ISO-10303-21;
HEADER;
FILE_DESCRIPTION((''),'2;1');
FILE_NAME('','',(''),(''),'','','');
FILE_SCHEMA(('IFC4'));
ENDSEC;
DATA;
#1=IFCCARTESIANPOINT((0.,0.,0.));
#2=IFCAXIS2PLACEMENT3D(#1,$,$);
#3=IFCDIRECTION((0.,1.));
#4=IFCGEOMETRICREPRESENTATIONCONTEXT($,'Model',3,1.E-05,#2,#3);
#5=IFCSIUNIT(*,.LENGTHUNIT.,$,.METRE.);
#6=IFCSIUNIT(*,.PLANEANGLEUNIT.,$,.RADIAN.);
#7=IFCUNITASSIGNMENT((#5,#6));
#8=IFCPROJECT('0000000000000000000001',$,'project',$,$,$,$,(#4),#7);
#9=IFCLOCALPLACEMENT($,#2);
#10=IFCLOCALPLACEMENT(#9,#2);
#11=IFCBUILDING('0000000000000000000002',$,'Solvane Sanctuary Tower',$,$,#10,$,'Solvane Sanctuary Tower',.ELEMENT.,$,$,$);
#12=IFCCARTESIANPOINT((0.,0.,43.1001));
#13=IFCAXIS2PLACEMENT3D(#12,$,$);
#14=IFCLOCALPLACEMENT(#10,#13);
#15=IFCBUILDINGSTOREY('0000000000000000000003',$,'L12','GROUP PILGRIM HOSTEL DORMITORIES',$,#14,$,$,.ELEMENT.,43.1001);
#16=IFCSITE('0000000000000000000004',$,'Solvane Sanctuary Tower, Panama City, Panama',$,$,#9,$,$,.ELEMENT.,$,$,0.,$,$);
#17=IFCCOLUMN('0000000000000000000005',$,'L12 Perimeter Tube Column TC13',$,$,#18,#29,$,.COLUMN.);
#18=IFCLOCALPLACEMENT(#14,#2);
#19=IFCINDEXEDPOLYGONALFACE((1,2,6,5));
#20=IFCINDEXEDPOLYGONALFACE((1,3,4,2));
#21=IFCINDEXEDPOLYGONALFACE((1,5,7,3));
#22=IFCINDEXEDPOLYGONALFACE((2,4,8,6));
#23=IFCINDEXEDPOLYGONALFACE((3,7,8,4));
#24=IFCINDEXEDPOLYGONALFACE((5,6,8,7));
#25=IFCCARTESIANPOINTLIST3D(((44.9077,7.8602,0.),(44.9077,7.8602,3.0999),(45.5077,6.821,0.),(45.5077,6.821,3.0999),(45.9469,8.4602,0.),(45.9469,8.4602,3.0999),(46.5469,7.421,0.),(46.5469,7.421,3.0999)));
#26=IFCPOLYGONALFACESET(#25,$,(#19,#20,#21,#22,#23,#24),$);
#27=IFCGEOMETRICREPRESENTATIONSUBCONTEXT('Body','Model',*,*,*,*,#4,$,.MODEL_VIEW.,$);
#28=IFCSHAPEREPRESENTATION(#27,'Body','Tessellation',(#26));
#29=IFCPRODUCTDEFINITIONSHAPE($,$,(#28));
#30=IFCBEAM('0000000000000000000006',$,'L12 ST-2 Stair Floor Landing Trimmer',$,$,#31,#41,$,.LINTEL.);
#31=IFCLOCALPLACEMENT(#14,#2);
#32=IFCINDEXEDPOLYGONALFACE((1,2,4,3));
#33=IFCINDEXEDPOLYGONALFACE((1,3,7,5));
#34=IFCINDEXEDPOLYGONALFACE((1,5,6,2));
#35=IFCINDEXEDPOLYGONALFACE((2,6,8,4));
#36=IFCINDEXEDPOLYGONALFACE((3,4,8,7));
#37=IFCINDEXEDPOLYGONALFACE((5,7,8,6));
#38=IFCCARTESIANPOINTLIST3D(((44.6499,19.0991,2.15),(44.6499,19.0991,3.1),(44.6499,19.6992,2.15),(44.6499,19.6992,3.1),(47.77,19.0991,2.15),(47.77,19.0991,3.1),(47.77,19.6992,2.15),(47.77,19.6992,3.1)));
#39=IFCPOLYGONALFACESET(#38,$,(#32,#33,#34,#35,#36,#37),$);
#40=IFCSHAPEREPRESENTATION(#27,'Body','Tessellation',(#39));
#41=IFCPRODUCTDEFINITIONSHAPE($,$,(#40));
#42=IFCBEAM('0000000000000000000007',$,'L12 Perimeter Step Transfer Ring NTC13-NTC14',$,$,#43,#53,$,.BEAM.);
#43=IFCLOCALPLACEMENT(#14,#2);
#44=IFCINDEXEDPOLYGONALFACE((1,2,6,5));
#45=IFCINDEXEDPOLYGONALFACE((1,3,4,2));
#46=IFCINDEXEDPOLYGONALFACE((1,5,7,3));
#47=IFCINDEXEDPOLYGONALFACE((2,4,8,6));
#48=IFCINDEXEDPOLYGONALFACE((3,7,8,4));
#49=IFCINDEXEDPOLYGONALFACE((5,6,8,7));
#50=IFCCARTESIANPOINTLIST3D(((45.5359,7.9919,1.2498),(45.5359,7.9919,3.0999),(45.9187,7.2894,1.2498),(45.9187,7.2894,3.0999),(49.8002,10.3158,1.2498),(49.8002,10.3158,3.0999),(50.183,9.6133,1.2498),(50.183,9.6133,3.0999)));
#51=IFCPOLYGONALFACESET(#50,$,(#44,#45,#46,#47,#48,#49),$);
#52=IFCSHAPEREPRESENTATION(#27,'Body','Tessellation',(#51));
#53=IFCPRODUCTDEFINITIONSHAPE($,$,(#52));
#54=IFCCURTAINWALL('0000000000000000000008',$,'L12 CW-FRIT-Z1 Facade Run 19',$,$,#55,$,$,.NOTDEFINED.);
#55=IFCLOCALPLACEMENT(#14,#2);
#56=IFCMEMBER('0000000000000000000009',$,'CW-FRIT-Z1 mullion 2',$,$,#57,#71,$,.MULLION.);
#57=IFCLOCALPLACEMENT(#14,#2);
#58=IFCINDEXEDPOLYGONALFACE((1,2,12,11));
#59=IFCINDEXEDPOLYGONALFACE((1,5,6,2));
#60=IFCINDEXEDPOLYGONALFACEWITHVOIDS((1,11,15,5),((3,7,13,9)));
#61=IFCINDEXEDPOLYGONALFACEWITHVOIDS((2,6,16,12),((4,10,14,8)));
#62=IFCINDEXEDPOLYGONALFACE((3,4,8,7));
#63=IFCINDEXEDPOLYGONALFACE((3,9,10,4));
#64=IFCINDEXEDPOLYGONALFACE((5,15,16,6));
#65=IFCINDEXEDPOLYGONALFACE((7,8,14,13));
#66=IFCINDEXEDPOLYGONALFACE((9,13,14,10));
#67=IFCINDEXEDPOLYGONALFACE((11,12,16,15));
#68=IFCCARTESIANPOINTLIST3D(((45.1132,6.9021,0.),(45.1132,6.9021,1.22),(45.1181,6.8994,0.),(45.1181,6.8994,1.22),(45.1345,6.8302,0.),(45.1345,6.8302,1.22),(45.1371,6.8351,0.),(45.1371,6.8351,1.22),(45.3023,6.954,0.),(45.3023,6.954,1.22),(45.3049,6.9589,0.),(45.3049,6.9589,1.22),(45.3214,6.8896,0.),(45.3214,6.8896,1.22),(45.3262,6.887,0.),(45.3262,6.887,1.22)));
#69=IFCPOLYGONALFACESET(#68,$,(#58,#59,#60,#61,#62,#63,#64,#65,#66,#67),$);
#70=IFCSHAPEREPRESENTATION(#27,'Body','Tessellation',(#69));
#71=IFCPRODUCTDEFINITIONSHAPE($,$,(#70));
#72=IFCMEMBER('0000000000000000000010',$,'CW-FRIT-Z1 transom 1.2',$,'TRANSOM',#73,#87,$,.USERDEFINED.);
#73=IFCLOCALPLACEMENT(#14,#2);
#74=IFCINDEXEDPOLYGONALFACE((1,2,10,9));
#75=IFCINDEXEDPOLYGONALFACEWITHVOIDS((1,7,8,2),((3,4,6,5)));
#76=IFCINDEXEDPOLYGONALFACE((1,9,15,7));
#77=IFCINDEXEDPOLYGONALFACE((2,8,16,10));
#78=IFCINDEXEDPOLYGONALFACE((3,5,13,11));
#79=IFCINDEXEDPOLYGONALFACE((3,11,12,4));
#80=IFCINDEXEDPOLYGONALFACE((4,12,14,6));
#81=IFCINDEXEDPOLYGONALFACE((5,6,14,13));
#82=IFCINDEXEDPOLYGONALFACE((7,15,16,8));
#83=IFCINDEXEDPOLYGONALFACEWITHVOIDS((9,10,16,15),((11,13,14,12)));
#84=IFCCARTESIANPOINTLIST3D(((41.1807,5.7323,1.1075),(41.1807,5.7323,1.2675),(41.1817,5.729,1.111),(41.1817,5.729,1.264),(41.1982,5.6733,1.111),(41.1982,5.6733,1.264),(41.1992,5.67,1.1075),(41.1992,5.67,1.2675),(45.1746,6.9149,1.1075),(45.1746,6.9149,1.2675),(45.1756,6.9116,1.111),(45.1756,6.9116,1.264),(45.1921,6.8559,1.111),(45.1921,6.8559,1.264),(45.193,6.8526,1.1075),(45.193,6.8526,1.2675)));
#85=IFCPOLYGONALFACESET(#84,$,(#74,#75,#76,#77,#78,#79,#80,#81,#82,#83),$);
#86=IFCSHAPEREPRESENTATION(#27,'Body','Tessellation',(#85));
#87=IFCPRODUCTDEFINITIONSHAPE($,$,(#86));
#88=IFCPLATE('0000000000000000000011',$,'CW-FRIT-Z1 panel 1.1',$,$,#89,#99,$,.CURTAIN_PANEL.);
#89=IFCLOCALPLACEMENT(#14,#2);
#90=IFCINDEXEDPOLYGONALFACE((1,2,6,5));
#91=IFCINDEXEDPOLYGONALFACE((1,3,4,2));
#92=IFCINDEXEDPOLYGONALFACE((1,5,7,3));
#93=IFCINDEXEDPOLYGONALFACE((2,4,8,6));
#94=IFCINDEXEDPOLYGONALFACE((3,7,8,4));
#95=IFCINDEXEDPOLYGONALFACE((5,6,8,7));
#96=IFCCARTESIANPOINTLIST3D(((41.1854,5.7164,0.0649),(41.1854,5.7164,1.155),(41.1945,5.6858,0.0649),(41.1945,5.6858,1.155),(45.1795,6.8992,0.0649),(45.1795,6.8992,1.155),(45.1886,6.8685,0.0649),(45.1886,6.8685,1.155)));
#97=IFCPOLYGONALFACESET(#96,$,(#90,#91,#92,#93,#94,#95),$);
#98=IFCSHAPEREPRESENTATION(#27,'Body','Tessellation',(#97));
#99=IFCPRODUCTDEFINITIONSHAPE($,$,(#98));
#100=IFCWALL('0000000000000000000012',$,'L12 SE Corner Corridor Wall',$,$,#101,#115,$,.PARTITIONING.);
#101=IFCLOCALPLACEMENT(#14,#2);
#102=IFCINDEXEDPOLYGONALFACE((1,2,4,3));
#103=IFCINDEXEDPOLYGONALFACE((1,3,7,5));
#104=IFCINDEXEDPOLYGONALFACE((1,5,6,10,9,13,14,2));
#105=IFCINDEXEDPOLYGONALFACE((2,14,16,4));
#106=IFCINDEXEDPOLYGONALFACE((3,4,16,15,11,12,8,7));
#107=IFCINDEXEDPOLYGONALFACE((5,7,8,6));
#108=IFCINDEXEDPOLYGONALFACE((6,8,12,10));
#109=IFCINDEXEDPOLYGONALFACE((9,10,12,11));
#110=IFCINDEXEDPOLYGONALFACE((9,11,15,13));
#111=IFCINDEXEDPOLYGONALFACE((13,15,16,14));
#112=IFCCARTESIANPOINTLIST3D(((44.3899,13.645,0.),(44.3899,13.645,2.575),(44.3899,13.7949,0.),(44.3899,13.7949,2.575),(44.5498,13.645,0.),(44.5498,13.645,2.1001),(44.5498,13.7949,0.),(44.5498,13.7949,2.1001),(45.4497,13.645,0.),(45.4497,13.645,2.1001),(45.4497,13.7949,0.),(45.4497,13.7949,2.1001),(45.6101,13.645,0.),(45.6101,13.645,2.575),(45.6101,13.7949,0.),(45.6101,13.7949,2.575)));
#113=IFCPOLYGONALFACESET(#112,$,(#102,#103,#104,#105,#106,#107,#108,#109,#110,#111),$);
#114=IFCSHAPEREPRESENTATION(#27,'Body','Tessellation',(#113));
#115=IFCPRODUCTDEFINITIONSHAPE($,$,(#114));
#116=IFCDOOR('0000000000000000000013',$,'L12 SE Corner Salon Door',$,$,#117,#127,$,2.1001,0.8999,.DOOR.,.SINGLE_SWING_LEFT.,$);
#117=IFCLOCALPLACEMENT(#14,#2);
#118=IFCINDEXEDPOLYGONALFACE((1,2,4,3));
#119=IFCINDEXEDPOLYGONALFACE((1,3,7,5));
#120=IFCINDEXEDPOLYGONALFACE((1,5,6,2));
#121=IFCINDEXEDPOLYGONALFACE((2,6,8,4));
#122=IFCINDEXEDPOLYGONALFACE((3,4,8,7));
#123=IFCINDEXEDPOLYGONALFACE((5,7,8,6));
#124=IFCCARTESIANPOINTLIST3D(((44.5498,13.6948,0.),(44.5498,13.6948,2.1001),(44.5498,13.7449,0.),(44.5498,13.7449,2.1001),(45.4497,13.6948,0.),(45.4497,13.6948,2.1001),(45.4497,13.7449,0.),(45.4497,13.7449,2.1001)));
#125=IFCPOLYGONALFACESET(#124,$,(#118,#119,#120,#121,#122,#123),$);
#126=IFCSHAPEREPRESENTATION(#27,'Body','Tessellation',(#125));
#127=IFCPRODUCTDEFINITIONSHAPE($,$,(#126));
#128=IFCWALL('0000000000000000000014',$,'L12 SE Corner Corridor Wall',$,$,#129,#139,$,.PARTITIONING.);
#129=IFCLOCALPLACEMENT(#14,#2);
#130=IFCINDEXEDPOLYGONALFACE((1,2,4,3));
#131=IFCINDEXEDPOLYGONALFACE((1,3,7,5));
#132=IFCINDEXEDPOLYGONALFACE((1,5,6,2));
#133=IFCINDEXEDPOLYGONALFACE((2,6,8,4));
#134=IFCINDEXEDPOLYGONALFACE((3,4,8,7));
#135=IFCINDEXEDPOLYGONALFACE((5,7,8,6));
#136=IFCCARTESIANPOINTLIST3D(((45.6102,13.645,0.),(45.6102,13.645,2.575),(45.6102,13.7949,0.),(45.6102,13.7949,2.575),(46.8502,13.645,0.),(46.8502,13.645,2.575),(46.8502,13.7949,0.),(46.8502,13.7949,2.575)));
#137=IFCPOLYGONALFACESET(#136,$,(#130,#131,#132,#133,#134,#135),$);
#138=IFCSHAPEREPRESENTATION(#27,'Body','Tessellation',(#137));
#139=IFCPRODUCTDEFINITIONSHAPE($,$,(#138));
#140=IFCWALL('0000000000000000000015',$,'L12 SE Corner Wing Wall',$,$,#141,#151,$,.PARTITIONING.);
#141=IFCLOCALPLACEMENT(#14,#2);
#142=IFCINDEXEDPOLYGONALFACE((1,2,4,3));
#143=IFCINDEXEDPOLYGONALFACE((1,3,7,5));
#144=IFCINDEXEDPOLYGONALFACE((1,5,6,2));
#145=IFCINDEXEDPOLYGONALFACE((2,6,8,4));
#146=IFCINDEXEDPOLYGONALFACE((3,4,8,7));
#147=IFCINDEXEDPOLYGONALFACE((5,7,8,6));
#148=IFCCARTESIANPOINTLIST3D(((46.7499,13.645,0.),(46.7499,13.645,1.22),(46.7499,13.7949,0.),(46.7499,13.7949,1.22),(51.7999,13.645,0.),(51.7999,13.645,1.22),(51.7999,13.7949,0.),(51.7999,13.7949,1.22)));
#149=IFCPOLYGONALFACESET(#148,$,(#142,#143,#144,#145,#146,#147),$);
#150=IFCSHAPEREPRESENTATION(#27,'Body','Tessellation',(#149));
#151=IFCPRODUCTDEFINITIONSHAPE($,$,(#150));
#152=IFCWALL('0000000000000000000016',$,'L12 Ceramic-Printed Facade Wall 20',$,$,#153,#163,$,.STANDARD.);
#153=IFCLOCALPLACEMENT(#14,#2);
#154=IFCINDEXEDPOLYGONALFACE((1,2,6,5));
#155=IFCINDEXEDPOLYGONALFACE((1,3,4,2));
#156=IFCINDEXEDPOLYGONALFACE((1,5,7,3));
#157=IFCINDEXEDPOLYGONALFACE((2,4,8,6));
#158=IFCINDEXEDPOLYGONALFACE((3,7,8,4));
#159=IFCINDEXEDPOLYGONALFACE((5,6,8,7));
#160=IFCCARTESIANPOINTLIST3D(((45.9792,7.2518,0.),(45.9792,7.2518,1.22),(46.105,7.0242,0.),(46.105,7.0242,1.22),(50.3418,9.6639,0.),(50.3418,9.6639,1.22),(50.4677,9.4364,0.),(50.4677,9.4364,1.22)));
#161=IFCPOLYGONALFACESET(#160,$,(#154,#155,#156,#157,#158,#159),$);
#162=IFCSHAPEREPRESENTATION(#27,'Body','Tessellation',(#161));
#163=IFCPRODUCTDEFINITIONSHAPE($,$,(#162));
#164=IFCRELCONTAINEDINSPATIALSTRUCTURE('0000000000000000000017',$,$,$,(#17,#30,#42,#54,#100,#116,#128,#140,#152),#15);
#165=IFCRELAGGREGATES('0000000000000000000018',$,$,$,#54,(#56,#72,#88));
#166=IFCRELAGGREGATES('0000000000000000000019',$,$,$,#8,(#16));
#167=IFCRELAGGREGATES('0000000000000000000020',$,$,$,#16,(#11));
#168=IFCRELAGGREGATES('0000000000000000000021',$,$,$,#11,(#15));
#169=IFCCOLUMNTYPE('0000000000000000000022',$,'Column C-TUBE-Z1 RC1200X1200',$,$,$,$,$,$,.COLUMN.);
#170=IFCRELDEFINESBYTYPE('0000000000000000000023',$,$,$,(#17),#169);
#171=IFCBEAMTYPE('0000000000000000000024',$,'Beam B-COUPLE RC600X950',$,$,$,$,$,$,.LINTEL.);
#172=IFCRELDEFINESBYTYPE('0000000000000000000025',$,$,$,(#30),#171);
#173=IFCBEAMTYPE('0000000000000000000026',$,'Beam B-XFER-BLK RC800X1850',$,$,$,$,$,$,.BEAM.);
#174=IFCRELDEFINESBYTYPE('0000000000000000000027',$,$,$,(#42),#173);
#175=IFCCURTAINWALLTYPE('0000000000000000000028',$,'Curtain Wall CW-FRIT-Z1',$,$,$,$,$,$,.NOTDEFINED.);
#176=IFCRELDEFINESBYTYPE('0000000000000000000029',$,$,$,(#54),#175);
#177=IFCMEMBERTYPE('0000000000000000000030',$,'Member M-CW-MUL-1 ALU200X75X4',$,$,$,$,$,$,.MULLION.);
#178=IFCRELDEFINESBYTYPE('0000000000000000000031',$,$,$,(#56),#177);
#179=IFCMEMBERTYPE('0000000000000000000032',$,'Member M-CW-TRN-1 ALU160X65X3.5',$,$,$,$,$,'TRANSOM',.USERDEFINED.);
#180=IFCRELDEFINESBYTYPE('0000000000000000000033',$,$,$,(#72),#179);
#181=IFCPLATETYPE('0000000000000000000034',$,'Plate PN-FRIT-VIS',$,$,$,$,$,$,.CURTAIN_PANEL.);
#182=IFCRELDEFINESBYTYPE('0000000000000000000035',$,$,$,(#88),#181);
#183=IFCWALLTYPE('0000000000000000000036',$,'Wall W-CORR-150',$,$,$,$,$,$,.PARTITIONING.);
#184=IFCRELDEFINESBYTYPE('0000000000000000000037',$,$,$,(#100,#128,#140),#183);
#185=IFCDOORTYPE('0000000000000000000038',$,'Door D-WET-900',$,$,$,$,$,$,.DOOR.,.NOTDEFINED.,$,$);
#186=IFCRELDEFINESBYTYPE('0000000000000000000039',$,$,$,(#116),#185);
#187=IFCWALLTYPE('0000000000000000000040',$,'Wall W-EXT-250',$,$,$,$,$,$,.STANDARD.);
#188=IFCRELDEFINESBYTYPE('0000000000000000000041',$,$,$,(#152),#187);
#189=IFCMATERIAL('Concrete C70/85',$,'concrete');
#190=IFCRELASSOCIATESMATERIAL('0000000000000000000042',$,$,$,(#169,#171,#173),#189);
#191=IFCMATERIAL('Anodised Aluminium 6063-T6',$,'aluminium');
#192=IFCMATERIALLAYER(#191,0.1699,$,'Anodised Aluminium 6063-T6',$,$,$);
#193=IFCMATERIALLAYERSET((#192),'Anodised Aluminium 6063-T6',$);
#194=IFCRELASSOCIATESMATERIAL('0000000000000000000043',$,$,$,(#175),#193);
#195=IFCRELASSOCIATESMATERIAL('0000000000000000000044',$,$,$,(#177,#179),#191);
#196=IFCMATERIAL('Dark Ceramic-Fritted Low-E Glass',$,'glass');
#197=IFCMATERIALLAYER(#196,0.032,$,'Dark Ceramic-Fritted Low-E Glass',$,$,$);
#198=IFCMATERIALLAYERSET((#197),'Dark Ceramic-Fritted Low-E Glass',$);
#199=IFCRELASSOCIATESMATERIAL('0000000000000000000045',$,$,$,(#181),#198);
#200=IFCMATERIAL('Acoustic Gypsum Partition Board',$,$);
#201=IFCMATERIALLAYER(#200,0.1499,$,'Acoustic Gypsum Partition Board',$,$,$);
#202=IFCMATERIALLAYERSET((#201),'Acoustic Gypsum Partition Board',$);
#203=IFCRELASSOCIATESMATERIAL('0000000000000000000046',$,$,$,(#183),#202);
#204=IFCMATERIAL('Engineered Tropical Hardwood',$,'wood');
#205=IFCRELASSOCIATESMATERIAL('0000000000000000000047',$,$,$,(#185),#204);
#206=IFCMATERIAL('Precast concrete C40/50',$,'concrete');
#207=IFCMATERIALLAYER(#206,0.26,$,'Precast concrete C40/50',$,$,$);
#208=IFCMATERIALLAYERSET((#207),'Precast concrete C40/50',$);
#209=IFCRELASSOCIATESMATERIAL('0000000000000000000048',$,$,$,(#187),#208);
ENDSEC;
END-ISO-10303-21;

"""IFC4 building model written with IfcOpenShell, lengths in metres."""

from ifc_helpers import new_model, si_unit, direction, frame, frame_2d, origin, origin_2d, place, context, subcontext, project, spatial, rectangle, hollow_rectangle, extrude, material, layer, layer_set, material_profile, profile_set, type_object, element, fill, aggregate, save


model = new_model("IFC4")

# Units and contexts
model_context = context("Model", 3, precision=1e-05, world=origin(), true_north=direction((0.0, 1.0)))
body_context = subcontext(model_context, "Body", "Model", "MODEL_VIEW")
ifc_project = project(units=[si_unit("LENGTHUNIT", "METRE"), si_unit("PLANEANGLEUNIT", "RADIAN")], contexts=[model_context])

# Site, building, storey
site_placement = place(None, origin())
site = spatial("IfcSite", under=ifc_project, at=site_placement, Name="Solvane Sanctuary Tower, Panama City, Panama", CompositionType="ELEMENT", RefElevation=0.0)
building_placement = place(site_placement, origin())
building = spatial("IfcBuilding", under=site, at=building_placement, Name="Solvane Sanctuary Tower", LongName="Solvane Sanctuary Tower", CompositionType="ELEMENT")
storey_placement = place(building_placement, frame((0.0, 0.0, 43.1001)))
storey = spatial("IfcBuildingStorey", under=building, at=storey_placement, Name="L12", Description="GROUP PILGRIM HOSTEL DORMITORIES", CompositionType="ELEMENT", Elevation=43.1001)

# Column
ifc_material_1 = material(Name="Concrete C70/85", Category="concrete")
ifc_material_profile_1 = material_profile(ifc_material_1, rectangle(XDim=1.2, YDim=1.2, at=origin_2d()), Name="RC1200X1200")
ifc_profile_set_1 = profile_set([ifc_material_profile_1], Name="Concrete C70/85")
column_type = type_object("IfcColumnType", Name="Column C-TUBE-Z1 RC1200X1200", PredefinedType="COLUMN", material=ifc_profile_set_1)
column_placement = place(storey_placement, frame((45.7273, 7.6406, 0.0), z_axis=(0.0, 0.0, 1.0), x_axis=(0.5, -0.866025, 0.0)))
element("IfcColumn", 1, at=column_placement, inside=storey, type_object=column_type, Name="L12 Perimeter Tube Column TC13", PredefinedType="COLUMN", context=body_context, shape_type="SweptSolid", body=[
    extrude(rectangle(XDim=1.2, YDim=1.2, at=origin_2d()), origin(), (0.0, 0.0, 1.0), 3.0999),
])

# Beams
ifc_material_profile_2 = material_profile(ifc_material_1, rectangle(XDim=0.6001, YDim=0.95, at=origin_2d()), Name="RC600X950")
ifc_profile_set_2 = profile_set([ifc_material_profile_2], Name="Concrete C70/85")
beam_type_1 = type_object("IfcBeamType", Name="Beam B-COUPLE RC600X950", PredefinedType="LINTEL", material=ifc_profile_set_2)
beam_1_placement = place(storey_placement, frame((44.6499, 19.3992, 2.625), z_axis=(1.0, 0.0, 0.0), x_axis=(0.0, 1.0, 0.0)))
element("IfcBeam", 2, at=beam_1_placement, inside=storey, type_object=beam_type_1, Name="L12 ST-2 Stair Floor Landing Trimmer", PredefinedType="LINTEL", context=body_context, shape_type="SweptSolid", body=[
    extrude(rectangle(XDim=0.6001, YDim=0.95, at=origin_2d()), origin(), (0.0, 0.0, 1.0), 3.1201),
])
ifc_material_profile_3 = material_profile(ifc_material_1, rectangle(XDim=0.8, YDim=1.8501, at=origin_2d()), Name="RC800X1850")
ifc_profile_set_3 = profile_set([ifc_material_profile_3], Name="Concrete C70/85")
beam_type_2 = type_object("IfcBeamType", Name="Beam B-XFER-BLK RC800X1850", PredefinedType="BEAM", material=ifc_profile_set_3)
beam_2_placement = place(storey_placement, frame((45.7273, 7.6406, 2.1748), z_axis=(0.878074, 0.478525, 0.0), x_axis=(-0.478525, 0.878074, 0.0)))
element("IfcBeam", 3, at=beam_2_placement, inside=storey, type_object=beam_type_2, Name="L12 Perimeter Step Transfer Ring NTC13-NTC14", PredefinedType="BEAM", context=body_context, shape_type="SweptSolid", body=[
    extrude(rectangle(XDim=0.8, YDim=1.8501, at=origin_2d()), origin(), (0.0, 0.0, 1.0), 4.8564),
])

# Curtain wall, members, plate
ifc_material_2 = material(Name="Anodised Aluminium 6063-T6", Category="aluminium")
ifc_layer_1 = layer(ifc_material_2, 0.1699, Name="Anodised Aluminium 6063-T6")
ifc_layer_set_1 = layer_set([ifc_layer_1], Name="Anodised Aluminium 6063-T6")
curtain_wall_type = type_object("IfcCurtainWallType", Name="Curtain Wall CW-FRIT-Z1", PredefinedType="NOTDEFINED", material=ifc_layer_set_1)
curtain_wall_placement = place(storey_placement, origin())
curtain_wall = element("IfcCurtainWall", 4, at=curtain_wall_placement, inside=storey, type_object=curtain_wall_type, Name="L12 CW-FRIT-Z1 Facade Run 19", PredefinedType="NOTDEFINED")
ifc_material_profile_4 = material_profile(ifc_material_2, hollow_rectangle(XDim=0.075, YDim=0.2, WallThickness=0.0039, at=origin_2d()), Name="ALU200X75X4")
ifc_profile_set_4 = profile_set([ifc_material_profile_4], Name="Anodised Aluminium 6063-T6")
member_type_1 = type_object("IfcMemberType", Name="Member M-CW-MUL-1 ALU200X75X4", PredefinedType="MULLION", material=ifc_profile_set_4)
member_1_placement = place(storey_placement, frame((45.2197, 6.8945, 0.0), z_axis=(0.0, 0.0, 1.0), x_axis=(-0.283936, 0.958843, 0.0)))
member_1 = element("IfcMember", 5, at=member_1_placement, type_object=member_type_1, Name="CW-FRIT-Z1 mullion 2", PredefinedType="MULLION", context=body_context, shape_type="SweptSolid", body=[
    extrude(hollow_rectangle(XDim=0.075, YDim=0.2, WallThickness=0.0039, at=origin_2d()), origin(), (0.0, 0.0, 1.0), 1.22),
])
ifc_material_profile_5 = material_profile(ifc_material_2, hollow_rectangle(XDim=0.0649, YDim=0.1599, WallThickness=0.0034, at=origin_2d()), Name="ALU160X65X3.5")
ifc_profile_set_5 = profile_set([ifc_material_profile_5], Name="Anodised Aluminium 6063-T6")
member_type_2 = type_object("IfcMemberType", Name="Member M-CW-TRN-1 ALU160X65X3.5", ElementType="TRANSOM", PredefinedType="USERDEFINED", material=ifc_profile_set_5)
member_2_placement = place(storey_placement, frame((41.1899, 5.7012, 1.1875), z_axis=(0.958848, 0.283921, 0.0), x_axis=(-0.283921, 0.958848, 0.0)))
member_2 = element("IfcMember", 6, at=member_2_placement, type_object=member_type_2, Name="CW-FRIT-Z1 transom 1.2", ObjectType="TRANSOM", PredefinedType="USERDEFINED", context=body_context, shape_type="SweptSolid", body=[
    extrude(hollow_rectangle(XDim=0.0649, YDim=0.1599, WallThickness=0.0034, at=origin_2d()), origin(), (0.0, 0.0, 1.0), 4.1653),
])
ifc_material_3 = material(Name="Dark Ceramic-Fritted Low-E Glass", Category="glass")
ifc_layer_2 = layer(ifc_material_3, 0.032, Name="Dark Ceramic-Fritted Low-E Glass")
ifc_layer_set_2 = layer_set([ifc_layer_2], Name="Dark Ceramic-Fritted Low-E Glass")
plate_type = type_object("IfcPlateType", Name="Plate PN-FRIT-VIS", PredefinedType="CURTAIN_PANEL", material=ifc_layer_set_2)
plate_placement = place(storey_placement, frame((43.187, 6.2925, 0.0649), z_axis=(0.0, 0.0, 1.0), x_axis=(0.958843, 0.283936, 0.0)))
plate = element("IfcPlate", 7, at=plate_placement, type_object=plate_type, Name="CW-FRIT-Z1 panel 1.1", PredefinedType="CURTAIN_PANEL", context=body_context, shape_type="SweptSolid", body=[
    extrude(rectangle(XDim=4.1655, YDim=0.032, at=origin_2d()), origin(), (0.0, 0.0, 1.0), 1.0901),
])
aggregate(curtain_wall, [member_1, member_2, plate])

# Wall, opening, door
ifc_material_4 = material(Name="Acoustic Gypsum Partition Board")
ifc_layer_3 = layer(ifc_material_4, 0.1499, Name="Acoustic Gypsum Partition Board")
ifc_layer_set_3 = layer_set([ifc_layer_3], Name="Acoustic Gypsum Partition Board")
wall_type_1 = type_object("IfcWallType", Name="Wall W-CORR-150", PredefinedType="PARTITIONING", material=ifc_layer_set_3)
wall_1_placement = place(storey_placement, frame((44.3899, 13.72, 0.0), z_axis=(0.0, 0.0, 1.0), x_axis=(1.0, 0.0, 0.0)))
wall_1 = element("IfcWall", 8, at=wall_1_placement, inside=storey, type_object=wall_type_1, Name="L12 SE Corner Corridor Wall", PredefinedType="PARTITIONING", context=body_context, shape_type="SweptSolid", body=[
    extrude(rectangle(XDim=1.2202, YDim=0.1499, at=frame_2d((0.6101, 0.0))), origin(), (0.0, 0.0, 1.0), 2.575),
])
opening_1_placement = place(wall_1_placement, frame((0.1599, 0.0, 0.0)))
opening_1 = element("IfcOpeningElement", 9, at=opening_1_placement, cuts=wall_1, PredefinedType="OPENING", context=body_context, shape_type="SweptSolid", body=[
    extrude(rectangle(XDim=0.8999, YDim=2.1001, at=frame_2d((0.45, 1.05))), frame((0.0, 0.085, 0.0), z_axis=(0.0, -1.0, 0.0), x_axis=(1.0, 0.0, 0.0)), (0.0, 0.0, 1.0), 0.1699),
])
ifc_material_5 = material(Name="Engineered Tropical Hardwood", Category="wood")
door_type_1 = type_object("IfcDoorType", Name="Door D-WET-900", OperationType="NOTDEFINED", PredefinedType="DOOR", material=ifc_material_5)
door_1_placement = place(opening_1_placement, origin())
door_1 = element("IfcDoor", 10, at=door_1_placement, inside=storey, type_object=door_type_1, Name="L12 SE Corner Salon Door", OperationType="SINGLE_SWING_LEFT", OverallHeight=2.1001, OverallWidth=0.8999, PredefinedType="DOOR", context=body_context, shape_type="SweptSolid", body=[
    extrude(rectangle(XDim=0.8999, YDim=2.1001, at=frame_2d((0.45, 1.05))), frame((0.0, 0.0249, 0.0), z_axis=(0.0, -1.0, 0.0), x_axis=(1.0, 0.0, 0.0)), (0.0, 0.0, 1.0), 0.05),
])
fill(opening_1, door_1)

# Walls
wall_2_placement = place(storey_placement, frame((45.6101, 13.72, 0.0), z_axis=(0.0, 0.0, 1.0), x_axis=(1.0, 0.0, 0.0)))
element("IfcWall", 11, at=wall_2_placement, inside=storey, type_object=wall_type_1, Name="L12 SE Corner Corridor Wall", PredefinedType="PARTITIONING", context=body_context, shape_type="SweptSolid", body=[
    extrude(rectangle(XDim=1.24, YDim=0.1499, at=frame_2d((0.6201, 0.0))), origin(), (0.0, 0.0, 1.0), 2.575),
])
wall_3_placement = place(storey_placement, frame((46.75, 13.72, 0.0), z_axis=(0.0, 0.0, 1.0), x_axis=(1.0, 0.0, 0.0)))
element("IfcWall", 12, at=wall_3_placement, inside=storey, type_object=wall_type_1, Name="L12 SE Corner Wing Wall", PredefinedType="PARTITIONING", context=body_context, shape_type="SweptSolid", body=[
    extrude(rectangle(XDim=5.05, YDim=0.1499, at=frame_2d((2.5249, 0.0))), origin(), (0.0, 0.0, 1.0), 1.22),
])
ifc_material_6 = material(Name="Precast concrete C40/50", Category="concrete")
ifc_layer_4 = layer(ifc_material_6, 0.26, Name="Precast concrete C40/50")
ifc_layer_set_4 = layer_set([ifc_layer_4], Name="Precast concrete C40/50")
wall_type_2 = type_object("IfcWallType", Name="Wall W-EXT-250", PredefinedType="STANDARD", material=ifc_layer_set_4)
wall_4_placement = place(storey_placement, frame((46.042, 7.1379, 0.0), z_axis=(0.0, 0.0, 1.0), x_axis=(0.875137, 0.483875, 0.0)))
element("IfcWall", 13, at=wall_4_placement, inside=storey, type_object=wall_type_2, Name="L12 Ceramic-Printed Facade Wall 20", PredefinedType="STANDARD", context=body_context, shape_type="SweptSolid", body=[
    extrude(rectangle(XDim=4.9851, YDim=0.26, at=frame_2d((2.4927, 0.0))), origin(), (0.0, 0.0, 1.0), 1.22),
])

save(model, "model.ifc")
